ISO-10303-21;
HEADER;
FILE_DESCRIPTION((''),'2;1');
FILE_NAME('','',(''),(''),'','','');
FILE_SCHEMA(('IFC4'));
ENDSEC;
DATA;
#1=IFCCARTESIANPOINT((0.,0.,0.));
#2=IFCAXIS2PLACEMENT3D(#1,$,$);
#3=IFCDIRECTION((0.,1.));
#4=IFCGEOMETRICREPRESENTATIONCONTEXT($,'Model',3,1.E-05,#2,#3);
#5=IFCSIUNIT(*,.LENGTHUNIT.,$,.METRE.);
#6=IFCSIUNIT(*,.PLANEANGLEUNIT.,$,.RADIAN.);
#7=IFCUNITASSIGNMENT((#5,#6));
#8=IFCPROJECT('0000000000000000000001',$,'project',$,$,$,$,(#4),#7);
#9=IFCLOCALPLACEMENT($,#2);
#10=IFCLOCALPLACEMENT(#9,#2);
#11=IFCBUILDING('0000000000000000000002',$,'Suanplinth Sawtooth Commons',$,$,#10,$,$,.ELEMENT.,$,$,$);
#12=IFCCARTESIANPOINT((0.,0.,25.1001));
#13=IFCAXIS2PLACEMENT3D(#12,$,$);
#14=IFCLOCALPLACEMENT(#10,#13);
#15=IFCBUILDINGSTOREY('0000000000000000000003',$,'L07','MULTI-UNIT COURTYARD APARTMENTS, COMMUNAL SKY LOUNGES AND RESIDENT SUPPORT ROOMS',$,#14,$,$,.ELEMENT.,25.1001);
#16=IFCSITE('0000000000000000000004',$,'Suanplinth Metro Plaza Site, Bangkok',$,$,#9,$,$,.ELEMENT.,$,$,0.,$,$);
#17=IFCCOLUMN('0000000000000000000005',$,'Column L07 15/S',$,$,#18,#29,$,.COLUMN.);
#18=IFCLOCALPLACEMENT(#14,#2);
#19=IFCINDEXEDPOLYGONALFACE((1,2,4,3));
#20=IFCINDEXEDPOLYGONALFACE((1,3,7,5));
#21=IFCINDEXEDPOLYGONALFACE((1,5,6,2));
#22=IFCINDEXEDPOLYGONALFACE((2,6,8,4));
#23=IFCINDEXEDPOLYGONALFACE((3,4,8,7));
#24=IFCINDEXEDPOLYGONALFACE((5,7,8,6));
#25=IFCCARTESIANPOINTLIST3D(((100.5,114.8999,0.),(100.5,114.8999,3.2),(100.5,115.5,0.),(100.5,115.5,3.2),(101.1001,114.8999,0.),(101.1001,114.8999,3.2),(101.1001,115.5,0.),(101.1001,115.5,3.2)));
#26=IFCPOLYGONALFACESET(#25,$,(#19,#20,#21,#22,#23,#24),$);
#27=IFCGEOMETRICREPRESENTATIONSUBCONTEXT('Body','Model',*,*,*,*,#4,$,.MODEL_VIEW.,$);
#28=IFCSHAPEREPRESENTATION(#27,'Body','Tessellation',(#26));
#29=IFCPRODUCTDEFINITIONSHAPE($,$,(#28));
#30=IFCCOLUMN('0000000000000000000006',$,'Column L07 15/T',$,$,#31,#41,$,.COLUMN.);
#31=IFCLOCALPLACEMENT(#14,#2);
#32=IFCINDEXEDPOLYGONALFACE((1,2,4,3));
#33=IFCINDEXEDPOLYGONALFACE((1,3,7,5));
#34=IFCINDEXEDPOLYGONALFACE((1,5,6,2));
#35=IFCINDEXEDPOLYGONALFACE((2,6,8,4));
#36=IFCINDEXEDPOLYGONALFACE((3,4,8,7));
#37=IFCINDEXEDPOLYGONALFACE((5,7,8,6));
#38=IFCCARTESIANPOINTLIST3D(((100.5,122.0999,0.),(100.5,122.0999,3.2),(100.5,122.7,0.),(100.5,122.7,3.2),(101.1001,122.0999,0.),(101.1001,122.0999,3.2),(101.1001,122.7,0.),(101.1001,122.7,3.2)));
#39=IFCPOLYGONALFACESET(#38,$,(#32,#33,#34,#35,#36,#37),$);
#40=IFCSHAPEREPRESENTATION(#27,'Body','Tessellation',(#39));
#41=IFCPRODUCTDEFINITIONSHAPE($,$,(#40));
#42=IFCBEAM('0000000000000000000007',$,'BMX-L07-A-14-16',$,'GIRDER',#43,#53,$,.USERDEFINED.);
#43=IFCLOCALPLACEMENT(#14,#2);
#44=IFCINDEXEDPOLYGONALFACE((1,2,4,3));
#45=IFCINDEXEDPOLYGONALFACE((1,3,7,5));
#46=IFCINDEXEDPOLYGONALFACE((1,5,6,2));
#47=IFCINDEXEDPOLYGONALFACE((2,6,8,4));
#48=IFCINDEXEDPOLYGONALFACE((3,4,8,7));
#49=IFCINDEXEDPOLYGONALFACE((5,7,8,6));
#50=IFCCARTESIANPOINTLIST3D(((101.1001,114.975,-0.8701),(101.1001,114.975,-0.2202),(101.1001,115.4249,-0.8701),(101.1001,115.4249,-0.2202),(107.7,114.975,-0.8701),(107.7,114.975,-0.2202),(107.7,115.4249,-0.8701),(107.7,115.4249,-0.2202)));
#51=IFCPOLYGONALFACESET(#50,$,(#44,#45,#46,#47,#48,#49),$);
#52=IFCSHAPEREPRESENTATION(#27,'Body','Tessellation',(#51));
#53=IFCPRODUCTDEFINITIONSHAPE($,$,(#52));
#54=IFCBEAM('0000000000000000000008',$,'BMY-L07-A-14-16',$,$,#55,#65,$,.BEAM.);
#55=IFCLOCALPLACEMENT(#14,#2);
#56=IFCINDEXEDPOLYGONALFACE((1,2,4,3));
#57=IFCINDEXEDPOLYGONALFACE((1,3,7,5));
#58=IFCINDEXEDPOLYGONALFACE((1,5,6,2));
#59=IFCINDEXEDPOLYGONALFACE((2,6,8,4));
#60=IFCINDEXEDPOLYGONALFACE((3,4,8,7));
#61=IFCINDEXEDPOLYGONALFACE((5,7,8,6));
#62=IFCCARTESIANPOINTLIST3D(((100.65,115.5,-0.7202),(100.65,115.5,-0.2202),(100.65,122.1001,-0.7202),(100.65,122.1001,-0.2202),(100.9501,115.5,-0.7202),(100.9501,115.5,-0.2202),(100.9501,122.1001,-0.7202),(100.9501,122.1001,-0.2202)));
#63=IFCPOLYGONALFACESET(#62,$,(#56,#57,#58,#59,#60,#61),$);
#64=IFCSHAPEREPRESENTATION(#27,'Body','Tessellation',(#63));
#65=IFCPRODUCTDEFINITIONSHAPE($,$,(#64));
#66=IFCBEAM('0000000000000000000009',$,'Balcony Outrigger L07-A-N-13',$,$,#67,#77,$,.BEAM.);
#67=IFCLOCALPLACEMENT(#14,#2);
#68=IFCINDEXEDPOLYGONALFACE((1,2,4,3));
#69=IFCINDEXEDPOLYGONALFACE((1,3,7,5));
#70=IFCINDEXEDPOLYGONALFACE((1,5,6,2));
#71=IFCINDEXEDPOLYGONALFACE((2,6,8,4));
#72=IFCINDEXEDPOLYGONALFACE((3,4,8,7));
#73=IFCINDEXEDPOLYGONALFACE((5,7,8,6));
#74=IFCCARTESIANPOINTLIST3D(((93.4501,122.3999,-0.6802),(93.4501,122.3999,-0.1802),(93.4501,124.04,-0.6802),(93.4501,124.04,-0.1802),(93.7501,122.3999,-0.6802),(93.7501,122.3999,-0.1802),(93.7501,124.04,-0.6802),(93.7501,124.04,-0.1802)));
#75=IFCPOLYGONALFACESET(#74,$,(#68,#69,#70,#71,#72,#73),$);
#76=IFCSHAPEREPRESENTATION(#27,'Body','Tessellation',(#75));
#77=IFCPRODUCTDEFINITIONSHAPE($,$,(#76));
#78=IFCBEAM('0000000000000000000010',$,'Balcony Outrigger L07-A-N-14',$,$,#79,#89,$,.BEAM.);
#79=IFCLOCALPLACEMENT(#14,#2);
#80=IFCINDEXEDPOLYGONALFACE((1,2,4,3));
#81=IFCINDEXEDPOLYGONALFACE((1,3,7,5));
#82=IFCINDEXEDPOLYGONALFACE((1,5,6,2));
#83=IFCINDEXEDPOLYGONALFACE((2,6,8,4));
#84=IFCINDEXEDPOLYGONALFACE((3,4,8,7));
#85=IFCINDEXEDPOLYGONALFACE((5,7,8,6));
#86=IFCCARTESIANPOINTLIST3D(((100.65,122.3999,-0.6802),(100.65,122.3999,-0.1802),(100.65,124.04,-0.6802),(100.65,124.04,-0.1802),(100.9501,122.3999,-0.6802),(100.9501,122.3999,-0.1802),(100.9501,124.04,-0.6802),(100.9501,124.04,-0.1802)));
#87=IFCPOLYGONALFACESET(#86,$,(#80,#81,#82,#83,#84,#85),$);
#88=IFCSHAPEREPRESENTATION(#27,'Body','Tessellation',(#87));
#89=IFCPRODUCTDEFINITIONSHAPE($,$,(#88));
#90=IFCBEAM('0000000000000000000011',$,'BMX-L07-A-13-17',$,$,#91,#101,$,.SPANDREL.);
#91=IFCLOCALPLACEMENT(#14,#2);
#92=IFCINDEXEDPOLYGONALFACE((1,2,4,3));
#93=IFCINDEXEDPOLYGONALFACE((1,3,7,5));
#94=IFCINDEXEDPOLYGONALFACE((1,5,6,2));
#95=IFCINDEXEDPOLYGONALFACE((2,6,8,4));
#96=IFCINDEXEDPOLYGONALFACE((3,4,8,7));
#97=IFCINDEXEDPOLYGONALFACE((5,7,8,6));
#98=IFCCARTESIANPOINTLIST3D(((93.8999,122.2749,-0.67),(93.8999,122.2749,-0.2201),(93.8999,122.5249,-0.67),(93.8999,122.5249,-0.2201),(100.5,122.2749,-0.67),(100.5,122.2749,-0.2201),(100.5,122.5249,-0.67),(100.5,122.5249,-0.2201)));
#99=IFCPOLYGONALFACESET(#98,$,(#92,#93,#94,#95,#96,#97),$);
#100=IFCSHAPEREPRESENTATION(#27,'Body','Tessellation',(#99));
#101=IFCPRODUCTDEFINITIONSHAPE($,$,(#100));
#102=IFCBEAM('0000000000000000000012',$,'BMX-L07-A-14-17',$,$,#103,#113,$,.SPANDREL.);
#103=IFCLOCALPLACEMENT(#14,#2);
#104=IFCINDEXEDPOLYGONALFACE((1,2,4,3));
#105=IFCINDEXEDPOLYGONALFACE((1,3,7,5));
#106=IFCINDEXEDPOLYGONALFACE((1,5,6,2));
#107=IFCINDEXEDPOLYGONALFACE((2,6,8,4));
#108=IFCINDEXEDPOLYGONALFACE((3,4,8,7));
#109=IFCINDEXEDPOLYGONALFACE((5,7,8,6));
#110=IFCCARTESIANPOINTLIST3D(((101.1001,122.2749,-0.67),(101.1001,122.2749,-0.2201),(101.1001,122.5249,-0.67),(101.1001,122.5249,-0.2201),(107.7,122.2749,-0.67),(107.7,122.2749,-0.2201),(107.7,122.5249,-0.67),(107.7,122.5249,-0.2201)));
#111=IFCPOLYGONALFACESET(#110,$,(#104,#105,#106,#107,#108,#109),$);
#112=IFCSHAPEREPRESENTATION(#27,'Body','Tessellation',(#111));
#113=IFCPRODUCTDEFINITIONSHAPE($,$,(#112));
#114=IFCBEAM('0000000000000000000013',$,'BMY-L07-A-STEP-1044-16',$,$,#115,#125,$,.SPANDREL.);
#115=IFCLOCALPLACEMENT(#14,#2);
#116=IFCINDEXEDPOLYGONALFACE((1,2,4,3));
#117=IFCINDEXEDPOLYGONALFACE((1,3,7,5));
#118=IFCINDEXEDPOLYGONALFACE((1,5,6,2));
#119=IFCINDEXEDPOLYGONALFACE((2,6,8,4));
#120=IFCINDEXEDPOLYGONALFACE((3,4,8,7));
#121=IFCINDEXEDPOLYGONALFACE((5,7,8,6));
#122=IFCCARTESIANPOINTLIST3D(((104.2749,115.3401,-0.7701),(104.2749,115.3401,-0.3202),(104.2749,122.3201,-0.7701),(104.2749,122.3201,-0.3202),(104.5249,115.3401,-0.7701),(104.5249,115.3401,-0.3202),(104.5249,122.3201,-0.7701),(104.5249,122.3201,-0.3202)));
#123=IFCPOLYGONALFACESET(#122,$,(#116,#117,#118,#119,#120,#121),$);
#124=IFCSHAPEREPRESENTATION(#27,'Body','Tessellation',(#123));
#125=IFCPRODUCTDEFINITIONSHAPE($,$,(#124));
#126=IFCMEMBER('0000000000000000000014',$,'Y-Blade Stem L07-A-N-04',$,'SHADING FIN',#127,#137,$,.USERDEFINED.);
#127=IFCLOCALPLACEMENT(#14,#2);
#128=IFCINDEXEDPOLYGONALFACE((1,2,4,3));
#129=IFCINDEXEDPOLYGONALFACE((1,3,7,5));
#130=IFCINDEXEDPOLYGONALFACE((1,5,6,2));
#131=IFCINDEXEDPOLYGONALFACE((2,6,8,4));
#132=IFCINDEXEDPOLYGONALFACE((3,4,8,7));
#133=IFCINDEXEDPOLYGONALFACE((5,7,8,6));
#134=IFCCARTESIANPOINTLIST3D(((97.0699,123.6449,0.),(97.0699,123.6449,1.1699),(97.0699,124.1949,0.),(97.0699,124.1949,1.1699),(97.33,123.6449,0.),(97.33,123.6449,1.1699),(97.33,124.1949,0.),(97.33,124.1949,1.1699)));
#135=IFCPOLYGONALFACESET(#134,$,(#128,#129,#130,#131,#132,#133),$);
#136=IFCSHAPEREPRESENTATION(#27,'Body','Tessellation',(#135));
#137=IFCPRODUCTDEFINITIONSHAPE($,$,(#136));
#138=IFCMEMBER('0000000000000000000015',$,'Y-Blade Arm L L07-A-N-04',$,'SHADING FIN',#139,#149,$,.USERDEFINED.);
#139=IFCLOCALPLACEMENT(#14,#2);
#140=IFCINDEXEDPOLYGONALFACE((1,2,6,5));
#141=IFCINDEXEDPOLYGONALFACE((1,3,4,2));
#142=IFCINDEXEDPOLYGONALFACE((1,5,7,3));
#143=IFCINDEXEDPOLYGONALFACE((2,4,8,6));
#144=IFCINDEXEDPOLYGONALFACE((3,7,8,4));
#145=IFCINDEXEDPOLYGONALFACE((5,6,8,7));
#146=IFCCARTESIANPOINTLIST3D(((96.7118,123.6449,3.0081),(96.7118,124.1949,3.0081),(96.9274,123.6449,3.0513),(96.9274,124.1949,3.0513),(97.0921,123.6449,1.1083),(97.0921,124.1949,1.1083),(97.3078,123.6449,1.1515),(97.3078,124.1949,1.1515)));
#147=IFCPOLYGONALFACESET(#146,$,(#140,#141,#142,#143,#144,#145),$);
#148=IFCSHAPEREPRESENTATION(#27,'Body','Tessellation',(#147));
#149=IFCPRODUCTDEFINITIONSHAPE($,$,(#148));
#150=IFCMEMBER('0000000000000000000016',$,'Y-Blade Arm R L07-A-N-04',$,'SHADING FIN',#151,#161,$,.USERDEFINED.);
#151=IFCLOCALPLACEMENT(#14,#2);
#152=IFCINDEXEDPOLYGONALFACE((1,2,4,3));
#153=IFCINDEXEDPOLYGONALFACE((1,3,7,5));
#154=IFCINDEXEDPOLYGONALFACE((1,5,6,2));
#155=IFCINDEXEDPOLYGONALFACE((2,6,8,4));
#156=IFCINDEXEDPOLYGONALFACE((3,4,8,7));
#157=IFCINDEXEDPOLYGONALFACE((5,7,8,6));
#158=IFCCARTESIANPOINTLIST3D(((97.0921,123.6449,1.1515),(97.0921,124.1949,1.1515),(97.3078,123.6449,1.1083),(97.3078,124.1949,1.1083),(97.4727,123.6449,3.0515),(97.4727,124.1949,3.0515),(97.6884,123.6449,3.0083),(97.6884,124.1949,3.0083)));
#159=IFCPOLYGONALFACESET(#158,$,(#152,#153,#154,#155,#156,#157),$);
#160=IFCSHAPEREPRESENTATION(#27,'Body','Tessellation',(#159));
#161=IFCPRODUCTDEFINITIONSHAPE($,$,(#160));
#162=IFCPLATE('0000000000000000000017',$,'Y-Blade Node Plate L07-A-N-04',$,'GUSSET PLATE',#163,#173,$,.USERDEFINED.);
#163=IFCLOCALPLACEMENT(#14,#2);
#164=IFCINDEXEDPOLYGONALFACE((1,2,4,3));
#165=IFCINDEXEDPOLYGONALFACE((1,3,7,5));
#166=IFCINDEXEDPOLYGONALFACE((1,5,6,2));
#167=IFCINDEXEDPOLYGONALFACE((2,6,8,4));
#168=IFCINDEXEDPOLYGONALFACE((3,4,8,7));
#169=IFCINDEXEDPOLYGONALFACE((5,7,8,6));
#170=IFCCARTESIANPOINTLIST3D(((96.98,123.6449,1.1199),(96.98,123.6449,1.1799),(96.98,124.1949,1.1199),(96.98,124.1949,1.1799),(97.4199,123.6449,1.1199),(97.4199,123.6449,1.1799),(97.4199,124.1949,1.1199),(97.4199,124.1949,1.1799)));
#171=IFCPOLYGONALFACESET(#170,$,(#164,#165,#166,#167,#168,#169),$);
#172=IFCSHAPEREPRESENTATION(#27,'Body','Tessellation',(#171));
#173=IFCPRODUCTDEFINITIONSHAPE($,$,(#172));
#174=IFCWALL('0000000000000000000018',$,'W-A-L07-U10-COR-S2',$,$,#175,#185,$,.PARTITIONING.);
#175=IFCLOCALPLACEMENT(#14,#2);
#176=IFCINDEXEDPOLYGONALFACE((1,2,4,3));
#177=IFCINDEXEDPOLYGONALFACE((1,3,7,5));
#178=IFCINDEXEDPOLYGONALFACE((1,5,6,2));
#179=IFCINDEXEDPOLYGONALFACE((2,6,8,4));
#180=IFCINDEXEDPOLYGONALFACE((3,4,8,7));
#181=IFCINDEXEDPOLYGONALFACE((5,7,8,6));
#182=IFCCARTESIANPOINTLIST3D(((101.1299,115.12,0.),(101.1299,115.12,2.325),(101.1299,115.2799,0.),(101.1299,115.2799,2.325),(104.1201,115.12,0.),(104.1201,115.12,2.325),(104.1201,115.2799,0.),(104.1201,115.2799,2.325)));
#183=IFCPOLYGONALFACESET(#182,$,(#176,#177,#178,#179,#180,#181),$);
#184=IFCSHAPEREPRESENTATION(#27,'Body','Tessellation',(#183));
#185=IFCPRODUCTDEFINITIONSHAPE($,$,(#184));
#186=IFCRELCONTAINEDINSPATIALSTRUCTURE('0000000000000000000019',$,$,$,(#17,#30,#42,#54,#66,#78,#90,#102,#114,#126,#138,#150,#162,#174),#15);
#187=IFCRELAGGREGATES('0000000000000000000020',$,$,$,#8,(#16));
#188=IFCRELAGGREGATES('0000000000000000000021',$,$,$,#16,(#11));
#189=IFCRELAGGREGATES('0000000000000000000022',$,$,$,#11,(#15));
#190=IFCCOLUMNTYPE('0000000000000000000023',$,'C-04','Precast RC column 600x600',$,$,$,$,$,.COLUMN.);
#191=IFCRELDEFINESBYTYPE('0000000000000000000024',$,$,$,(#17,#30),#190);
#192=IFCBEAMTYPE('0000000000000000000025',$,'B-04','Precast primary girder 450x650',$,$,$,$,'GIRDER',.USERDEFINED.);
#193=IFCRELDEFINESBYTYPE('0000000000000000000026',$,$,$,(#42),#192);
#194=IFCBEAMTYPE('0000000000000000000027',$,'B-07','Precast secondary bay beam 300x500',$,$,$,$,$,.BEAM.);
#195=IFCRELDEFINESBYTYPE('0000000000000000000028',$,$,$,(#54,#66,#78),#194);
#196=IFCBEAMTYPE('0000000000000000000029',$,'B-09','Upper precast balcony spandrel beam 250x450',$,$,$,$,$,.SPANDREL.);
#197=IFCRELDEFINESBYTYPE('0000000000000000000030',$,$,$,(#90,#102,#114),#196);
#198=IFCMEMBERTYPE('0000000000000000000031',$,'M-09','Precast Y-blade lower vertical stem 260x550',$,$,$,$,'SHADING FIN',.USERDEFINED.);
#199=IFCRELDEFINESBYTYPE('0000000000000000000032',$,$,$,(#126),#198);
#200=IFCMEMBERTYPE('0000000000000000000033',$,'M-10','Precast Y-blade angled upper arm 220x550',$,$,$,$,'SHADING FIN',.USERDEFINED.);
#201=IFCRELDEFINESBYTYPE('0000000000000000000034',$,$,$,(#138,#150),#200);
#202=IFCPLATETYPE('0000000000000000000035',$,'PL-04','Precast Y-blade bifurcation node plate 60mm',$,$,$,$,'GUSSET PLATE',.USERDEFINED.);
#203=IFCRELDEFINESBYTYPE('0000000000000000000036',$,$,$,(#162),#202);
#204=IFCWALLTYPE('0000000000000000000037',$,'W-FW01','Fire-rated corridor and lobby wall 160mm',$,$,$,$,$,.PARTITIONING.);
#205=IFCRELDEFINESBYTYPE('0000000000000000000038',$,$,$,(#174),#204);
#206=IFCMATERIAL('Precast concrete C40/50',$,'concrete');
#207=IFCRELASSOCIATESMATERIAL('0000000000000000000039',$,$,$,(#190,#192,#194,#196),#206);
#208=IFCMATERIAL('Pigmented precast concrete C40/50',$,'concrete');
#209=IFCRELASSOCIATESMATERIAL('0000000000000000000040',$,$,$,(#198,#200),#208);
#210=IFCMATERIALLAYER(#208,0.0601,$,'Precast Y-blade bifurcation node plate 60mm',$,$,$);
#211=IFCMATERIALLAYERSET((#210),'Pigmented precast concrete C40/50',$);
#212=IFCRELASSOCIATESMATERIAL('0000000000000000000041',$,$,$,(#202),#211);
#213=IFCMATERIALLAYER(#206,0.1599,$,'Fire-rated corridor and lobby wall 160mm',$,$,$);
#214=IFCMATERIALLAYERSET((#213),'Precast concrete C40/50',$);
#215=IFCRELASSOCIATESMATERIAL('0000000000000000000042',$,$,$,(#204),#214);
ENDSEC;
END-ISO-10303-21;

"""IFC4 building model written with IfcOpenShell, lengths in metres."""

from ifc_helpers import new_model, si_unit, direction, frame, frame_2d, origin, origin_2d, place, context, subcontext, project, spatial, rectangle, extrude, material, layer, layer_set, material_profile, profile_set, type_object, element, save


model = new_model("IFC4")

# Units and contexts
model_context = context("Model", 3, precision=1e-05, world=origin(), true_north=direction((0.0, 1.0)))
body_context = subcontext(model_context, "Body", "Model", "MODEL_VIEW")
ifc_project = project(units=[si_unit("LENGTHUNIT", "METRE"), si_unit("PLANEANGLEUNIT", "RADIAN")], contexts=[model_context])

# Site, building, storey
site_placement = place(None, origin())
site = spatial("IfcSite", under=ifc_project, at=site_placement, Name="Suanplinth Metro Plaza Site, Bangkok", CompositionType="ELEMENT", RefElevation=0.0)
building_placement = place(site_placement, origin())
building = spatial("IfcBuilding", under=site, at=building_placement, Name="Suanplinth Sawtooth Commons", CompositionType="ELEMENT")
storey_placement = place(building_placement, frame((0.0, 0.0, 25.1001)))
storey = spatial("IfcBuildingStorey", under=building, at=storey_placement, Name="L07", Description="MULTI-UNIT COURTYARD APARTMENTS, COMMUNAL SKY LOUNGES AND RESIDENT SUPPORT ROOMS", CompositionType="ELEMENT", Elevation=25.1001)

# Columns
ifc_material_1 = material(Name="Precast concrete C40/50", Category="concrete")
ifc_material_profile_1 = material_profile(ifc_material_1, rectangle(XDim=0.6001, YDim=0.6001, at=origin_2d()), Name="PC-COL 600x600")
ifc_profile_set_1 = profile_set([ifc_material_profile_1], Name="Precast concrete C40/50")
column_type = type_object("IfcColumnType", Name="C-04", Description="Precast RC column 600x600", PredefinedType="COLUMN", material=ifc_profile_set_1)
for number, where, z_axis, x_axis, name in (
    (1, (100.8, 115.2, 0.0), (0.0, 0.0, 1.0), (1.0, 0.0, 0.0), "Column L07 15/S"),
    (2, (100.8, 122.3999, 0.0), (0.0, 0.0, 1.0), (1.0, 0.0, 0.0), "Column L07 15/T"),
):
    element("IfcColumn", number, at=place(storey_placement, frame(where, z_axis=z_axis, x_axis=x_axis)), inside=storey, type_object=column_type, Name=name, PredefinedType="COLUMN", context=body_context, shape_type="SweptSolid", body=[
        extrude(rectangle(XDim=0.6001, YDim=0.6001, at=origin_2d()), origin(), (0.0, 0.0, 1.0), 3.2),
    ])

# Beams
ifc_material_profile_2 = material_profile(ifc_material_1, rectangle(XDim=0.45, YDim=0.6499, at=origin_2d()), Name="PC-GDR 450x650")
ifc_profile_set_2 = profile_set([ifc_material_profile_2], Name="Precast concrete C40/50")
beam_type_1 = type_object("IfcBeamType", Name="B-04", Description="Precast primary girder 450x650", ElementType="GIRDER", PredefinedType="USERDEFINED", material=ifc_profile_set_2)
beam_1_placement = place(storey_placement, frame((101.1001, 115.2, -0.5452), z_axis=(1.0, 0.0, 0.0), x_axis=(0.0, 1.0, 0.0)))
element("IfcBeam", 3, at=beam_1_placement, inside=storey, type_object=beam_type_1, Name="BMX-L07-A-14-16", ObjectType="GIRDER", PredefinedType="USERDEFINED", context=body_context, shape_type="SweptSolid", body=[
    extrude(rectangle(XDim=0.45, YDim=0.6499, at=origin_2d()), origin(), (0.0, 0.0, 1.0), 6.5999),
])
ifc_material_profile_3 = material_profile(ifc_material_1, rectangle(XDim=0.3, YDim=0.5, at=origin_2d()), Name="PC-BM 300x500")
ifc_profile_set_3 = profile_set([ifc_material_profile_3], Name="Precast concrete C40/50")
beam_type_2 = type_object("IfcBeamType", Name="B-07", Description="Precast secondary bay beam 300x500", PredefinedType="BEAM", material=ifc_profile_set_3)
beam_2_placement = place(storey_placement, frame((100.8, 115.5, -0.4702), z_axis=(0.0, 1.0, 0.0), x_axis=(-1.0, 0.0, 0.0)))
element("IfcBeam", 4, at=beam_2_placement, inside=storey, type_object=beam_type_2, Name="BMY-L07-A-14-16", PredefinedType="BEAM", context=body_context, shape_type="SweptSolid", body=[
    extrude(rectangle(XDim=0.3, YDim=0.5, at=origin_2d()), origin(), (0.0, 0.0, 1.0), 6.6001),
])
for number, where, z_axis, x_axis, name in (
    (5, (93.6001, 122.3999, -0.4302), (0.0, 1.0, 0.0), (-1.0, 0.0, 0.0), "Balcony Outrigger L07-A-N-13"),
    (6, (100.8, 122.3999, -0.4302), (0.0, 1.0, 0.0), (-1.0, 0.0, 0.0), "Balcony Outrigger L07-A-N-14"),
):
    element("IfcBeam", number, at=place(storey_placement, frame(where, z_axis=z_axis, x_axis=x_axis)), inside=storey, type_object=beam_type_2, Name=name, PredefinedType="BEAM", context=body_context, shape_type="SweptSolid", body=[
        extrude(rectangle(XDim=0.3, YDim=0.5, at=origin_2d()), origin(), (0.0, 0.0, 1.0), 1.6401),
    ])
ifc_material_profile_4 = material_profile(ifc_material_1, rectangle(XDim=0.25, YDim=0.45, at=origin_2d()), Name="PC-SP 250x450")
ifc_profile_set_4 = profile_set([ifc_material_profile_4], Name="Precast concrete C40/50")
beam_type_3 = type_object("IfcBeamType", Name="B-09", Description="Upper precast balcony spandrel beam 250x450", PredefinedType="SPANDREL", material=ifc_profile_set_4)
beam_3_placement = place(storey_placement, frame((93.8999, 122.3999, -0.4451), z_axis=(1.0, 0.0, 0.0), x_axis=(0.0, 1.0, 0.0)))
element("IfcBeam", 7, at=beam_3_placement, inside=storey, type_object=beam_type_3, Name="BMX-L07-A-13-17", PredefinedType="SPANDREL", context=body_context, shape_type="SweptSolid", body=[
    extrude(rectangle(XDim=0.25, YDim=0.45, at=origin_2d()), origin(), (0.0, 0.0, 1.0), 6.6001),
])
beam_4_placement = place(storey_placement, frame((101.1001, 122.3999, -0.4451), z_axis=(1.0, 0.0, 0.0), x_axis=(0.0, 1.0, 0.0)))
element("IfcBeam", 8, at=beam_4_placement, inside=storey, type_object=beam_type_3, Name="BMX-L07-A-14-17", PredefinedType="SPANDREL", context=body_context, shape_type="SweptSolid", body=[
    extrude(rectangle(XDim=0.25, YDim=0.45, at=origin_2d()), origin(), (0.0, 0.0, 1.0), 6.5999),
])
beam_5_placement = place(storey_placement, frame((104.3999, 115.3401, -0.5452), z_axis=(0.0, 1.0, 0.0), x_axis=(-1.0, 0.0, 0.0)))
element("IfcBeam", 9, at=beam_5_placement, inside=storey, type_object=beam_type_3, Name="BMY-L07-A-STEP-1044-16", PredefinedType="SPANDREL", context=body_context, shape_type="SweptSolid", body=[
    extrude(rectangle(XDim=0.25, YDim=0.45, at=origin_2d()), origin(), (0.0, 0.0, 1.0), 6.98),
])

# Members
ifc_material_2 = material(Name="Pigmented precast concrete C40/50", Category="concrete")
ifc_material_profile_5 = material_profile(ifc_material_2, rectangle(XDim=0.26, YDim=0.55, at=origin_2d()), Name="PC-FIN 260x550")
ifc_profile_set_5 = profile_set([ifc_material_profile_5], Name="Pigmented precast concrete C40/50")
member_type_1 = type_object("IfcMemberType", Name="M-09", Description="Precast Y-blade lower vertical stem 260x550", ElementType="SHADING FIN", PredefinedType="USERDEFINED", material=ifc_profile_set_5)
member_1_placement = place(storey_placement, frame((97.2, 123.9199, 0.0), z_axis=(0.0, 0.0, 1.0), x_axis=(1.0, 0.0, 0.0)))
element("IfcMember", 10, at=member_1_placement, inside=storey, type_object=member_type_1, Name="Y-Blade Stem L07-A-N-04", ObjectType="SHADING FIN", PredefinedType="USERDEFINED", context=body_context, shape_type="SweptSolid", body=[
    extrude(rectangle(XDim=0.26, YDim=0.55, at=origin_2d()), origin(), (0.0, 0.0, 1.0), 1.1699),
])
ifc_material_profile_6 = material_profile(ifc_material_2, rectangle(XDim=0.22, YDim=0.55, at=origin_2d()), Name="PC-FIN 220x550")
ifc_profile_set_6 = profile_set([ifc_material_profile_6], Name="Pigmented precast concrete C40/50")
member_type_2 = type_object("IfcMemberType", Name="M-10", Description="Precast Y-blade angled upper arm 220x550", ElementType="SHADING FIN", PredefinedType="USERDEFINED", material=ifc_profile_set_6)
member_2_placement = place(storey_placement, frame((97.2, 123.9199, 1.1299), z_axis=(-0.19631, 0.0, 0.980542), x_axis=(0.980542, 0.0, 0.19631)))
element("IfcMember", 11, at=member_2_placement, inside=storey, type_object=member_type_2, Name="Y-Blade Arm L L07-A-N-04", ObjectType="SHADING FIN", PredefinedType="USERDEFINED", context=body_context, shape_type="SweptSolid", body=[
    extrude(rectangle(XDim=0.22, YDim=0.55, at=origin_2d()), origin(), (0.0, 0.0, 1.0), 1.9375),
])
member_3_placement = place(storey_placement, frame((97.2, 123.9199, 1.1299), z_axis=(0.196431, 0.0, 0.980518), x_axis=(-0.980518, 0.0, 0.196431)))
element("IfcMember", 12, at=member_3_placement, inside=storey, type_object=member_type_2, Name="Y-Blade Arm R L07-A-N-04", ObjectType="SHADING FIN", PredefinedType="USERDEFINED", context=body_context, shape_type="SweptSolid", body=[
    extrude(rectangle(XDim=0.22, YDim=0.55, at=origin_2d()), origin(), (0.0, 0.0, 1.0), 1.9377),
])

# Plate
ifc_layer_1 = layer(ifc_material_2, 0.0601, Name="Precast Y-blade bifurcation node plate 60mm")
ifc_layer_set_1 = layer_set([ifc_layer_1], Name="Pigmented precast concrete C40/50")
plate_type = type_object("IfcPlateType", Name="PL-04", Description="Precast Y-blade bifurcation node plate 60mm", ElementType="GUSSET PLATE", PredefinedType="USERDEFINED", material=ifc_layer_set_1)
plate_placement = place(storey_placement, frame((97.2, 123.9199, 1.1199), z_axis=(0.0, 0.0, 1.0), x_axis=(1.0, 0.0, 0.0)))
element("IfcPlate", 13, at=plate_placement, inside=storey, type_object=plate_type, Name="Y-Blade Node Plate L07-A-N-04", ObjectType="GUSSET PLATE", PredefinedType="USERDEFINED", context=body_context, shape_type="SweptSolid", body=[
    extrude(rectangle(XDim=0.4399, YDim=0.55, at=origin_2d()), origin(), (0.0, 0.0, 1.0), 0.0601),
])

# Shared definitions
ifc_layer_2 = layer(ifc_material_1, 0.1599, Name="Fire-rated corridor and lobby wall 160mm")
ifc_layer_set_2 = layer_set([ifc_layer_2], Name="Precast concrete C40/50")
wall_type_1 = type_object("IfcWallType", Name="W-FW01", Description="Fire-rated corridor and lobby wall 160mm", PredefinedType="PARTITIONING", material=ifc_layer_set_2)

# Wall
wall_1_placement = place(storey_placement, frame((101.1299, 115.2, 0.0), z_axis=(0.0, 0.0, 1.0), x_axis=(1.0, 0.0, 0.0)))
element("IfcWall", 14, at=wall_1_placement, inside=storey, type_object=wall_type_1, Name="W-A-L07-U10-COR-S2", PredefinedType="PARTITIONING", context=body_context, shape_type="SweptSolid", body=[
    extrude(rectangle(XDim=2.9902, YDim=0.1599, at=frame_2d((1.4951, 0.0))), origin(), (0.0, 0.0, 1.0), 2.325),
])

save(model, "model.ifc")
